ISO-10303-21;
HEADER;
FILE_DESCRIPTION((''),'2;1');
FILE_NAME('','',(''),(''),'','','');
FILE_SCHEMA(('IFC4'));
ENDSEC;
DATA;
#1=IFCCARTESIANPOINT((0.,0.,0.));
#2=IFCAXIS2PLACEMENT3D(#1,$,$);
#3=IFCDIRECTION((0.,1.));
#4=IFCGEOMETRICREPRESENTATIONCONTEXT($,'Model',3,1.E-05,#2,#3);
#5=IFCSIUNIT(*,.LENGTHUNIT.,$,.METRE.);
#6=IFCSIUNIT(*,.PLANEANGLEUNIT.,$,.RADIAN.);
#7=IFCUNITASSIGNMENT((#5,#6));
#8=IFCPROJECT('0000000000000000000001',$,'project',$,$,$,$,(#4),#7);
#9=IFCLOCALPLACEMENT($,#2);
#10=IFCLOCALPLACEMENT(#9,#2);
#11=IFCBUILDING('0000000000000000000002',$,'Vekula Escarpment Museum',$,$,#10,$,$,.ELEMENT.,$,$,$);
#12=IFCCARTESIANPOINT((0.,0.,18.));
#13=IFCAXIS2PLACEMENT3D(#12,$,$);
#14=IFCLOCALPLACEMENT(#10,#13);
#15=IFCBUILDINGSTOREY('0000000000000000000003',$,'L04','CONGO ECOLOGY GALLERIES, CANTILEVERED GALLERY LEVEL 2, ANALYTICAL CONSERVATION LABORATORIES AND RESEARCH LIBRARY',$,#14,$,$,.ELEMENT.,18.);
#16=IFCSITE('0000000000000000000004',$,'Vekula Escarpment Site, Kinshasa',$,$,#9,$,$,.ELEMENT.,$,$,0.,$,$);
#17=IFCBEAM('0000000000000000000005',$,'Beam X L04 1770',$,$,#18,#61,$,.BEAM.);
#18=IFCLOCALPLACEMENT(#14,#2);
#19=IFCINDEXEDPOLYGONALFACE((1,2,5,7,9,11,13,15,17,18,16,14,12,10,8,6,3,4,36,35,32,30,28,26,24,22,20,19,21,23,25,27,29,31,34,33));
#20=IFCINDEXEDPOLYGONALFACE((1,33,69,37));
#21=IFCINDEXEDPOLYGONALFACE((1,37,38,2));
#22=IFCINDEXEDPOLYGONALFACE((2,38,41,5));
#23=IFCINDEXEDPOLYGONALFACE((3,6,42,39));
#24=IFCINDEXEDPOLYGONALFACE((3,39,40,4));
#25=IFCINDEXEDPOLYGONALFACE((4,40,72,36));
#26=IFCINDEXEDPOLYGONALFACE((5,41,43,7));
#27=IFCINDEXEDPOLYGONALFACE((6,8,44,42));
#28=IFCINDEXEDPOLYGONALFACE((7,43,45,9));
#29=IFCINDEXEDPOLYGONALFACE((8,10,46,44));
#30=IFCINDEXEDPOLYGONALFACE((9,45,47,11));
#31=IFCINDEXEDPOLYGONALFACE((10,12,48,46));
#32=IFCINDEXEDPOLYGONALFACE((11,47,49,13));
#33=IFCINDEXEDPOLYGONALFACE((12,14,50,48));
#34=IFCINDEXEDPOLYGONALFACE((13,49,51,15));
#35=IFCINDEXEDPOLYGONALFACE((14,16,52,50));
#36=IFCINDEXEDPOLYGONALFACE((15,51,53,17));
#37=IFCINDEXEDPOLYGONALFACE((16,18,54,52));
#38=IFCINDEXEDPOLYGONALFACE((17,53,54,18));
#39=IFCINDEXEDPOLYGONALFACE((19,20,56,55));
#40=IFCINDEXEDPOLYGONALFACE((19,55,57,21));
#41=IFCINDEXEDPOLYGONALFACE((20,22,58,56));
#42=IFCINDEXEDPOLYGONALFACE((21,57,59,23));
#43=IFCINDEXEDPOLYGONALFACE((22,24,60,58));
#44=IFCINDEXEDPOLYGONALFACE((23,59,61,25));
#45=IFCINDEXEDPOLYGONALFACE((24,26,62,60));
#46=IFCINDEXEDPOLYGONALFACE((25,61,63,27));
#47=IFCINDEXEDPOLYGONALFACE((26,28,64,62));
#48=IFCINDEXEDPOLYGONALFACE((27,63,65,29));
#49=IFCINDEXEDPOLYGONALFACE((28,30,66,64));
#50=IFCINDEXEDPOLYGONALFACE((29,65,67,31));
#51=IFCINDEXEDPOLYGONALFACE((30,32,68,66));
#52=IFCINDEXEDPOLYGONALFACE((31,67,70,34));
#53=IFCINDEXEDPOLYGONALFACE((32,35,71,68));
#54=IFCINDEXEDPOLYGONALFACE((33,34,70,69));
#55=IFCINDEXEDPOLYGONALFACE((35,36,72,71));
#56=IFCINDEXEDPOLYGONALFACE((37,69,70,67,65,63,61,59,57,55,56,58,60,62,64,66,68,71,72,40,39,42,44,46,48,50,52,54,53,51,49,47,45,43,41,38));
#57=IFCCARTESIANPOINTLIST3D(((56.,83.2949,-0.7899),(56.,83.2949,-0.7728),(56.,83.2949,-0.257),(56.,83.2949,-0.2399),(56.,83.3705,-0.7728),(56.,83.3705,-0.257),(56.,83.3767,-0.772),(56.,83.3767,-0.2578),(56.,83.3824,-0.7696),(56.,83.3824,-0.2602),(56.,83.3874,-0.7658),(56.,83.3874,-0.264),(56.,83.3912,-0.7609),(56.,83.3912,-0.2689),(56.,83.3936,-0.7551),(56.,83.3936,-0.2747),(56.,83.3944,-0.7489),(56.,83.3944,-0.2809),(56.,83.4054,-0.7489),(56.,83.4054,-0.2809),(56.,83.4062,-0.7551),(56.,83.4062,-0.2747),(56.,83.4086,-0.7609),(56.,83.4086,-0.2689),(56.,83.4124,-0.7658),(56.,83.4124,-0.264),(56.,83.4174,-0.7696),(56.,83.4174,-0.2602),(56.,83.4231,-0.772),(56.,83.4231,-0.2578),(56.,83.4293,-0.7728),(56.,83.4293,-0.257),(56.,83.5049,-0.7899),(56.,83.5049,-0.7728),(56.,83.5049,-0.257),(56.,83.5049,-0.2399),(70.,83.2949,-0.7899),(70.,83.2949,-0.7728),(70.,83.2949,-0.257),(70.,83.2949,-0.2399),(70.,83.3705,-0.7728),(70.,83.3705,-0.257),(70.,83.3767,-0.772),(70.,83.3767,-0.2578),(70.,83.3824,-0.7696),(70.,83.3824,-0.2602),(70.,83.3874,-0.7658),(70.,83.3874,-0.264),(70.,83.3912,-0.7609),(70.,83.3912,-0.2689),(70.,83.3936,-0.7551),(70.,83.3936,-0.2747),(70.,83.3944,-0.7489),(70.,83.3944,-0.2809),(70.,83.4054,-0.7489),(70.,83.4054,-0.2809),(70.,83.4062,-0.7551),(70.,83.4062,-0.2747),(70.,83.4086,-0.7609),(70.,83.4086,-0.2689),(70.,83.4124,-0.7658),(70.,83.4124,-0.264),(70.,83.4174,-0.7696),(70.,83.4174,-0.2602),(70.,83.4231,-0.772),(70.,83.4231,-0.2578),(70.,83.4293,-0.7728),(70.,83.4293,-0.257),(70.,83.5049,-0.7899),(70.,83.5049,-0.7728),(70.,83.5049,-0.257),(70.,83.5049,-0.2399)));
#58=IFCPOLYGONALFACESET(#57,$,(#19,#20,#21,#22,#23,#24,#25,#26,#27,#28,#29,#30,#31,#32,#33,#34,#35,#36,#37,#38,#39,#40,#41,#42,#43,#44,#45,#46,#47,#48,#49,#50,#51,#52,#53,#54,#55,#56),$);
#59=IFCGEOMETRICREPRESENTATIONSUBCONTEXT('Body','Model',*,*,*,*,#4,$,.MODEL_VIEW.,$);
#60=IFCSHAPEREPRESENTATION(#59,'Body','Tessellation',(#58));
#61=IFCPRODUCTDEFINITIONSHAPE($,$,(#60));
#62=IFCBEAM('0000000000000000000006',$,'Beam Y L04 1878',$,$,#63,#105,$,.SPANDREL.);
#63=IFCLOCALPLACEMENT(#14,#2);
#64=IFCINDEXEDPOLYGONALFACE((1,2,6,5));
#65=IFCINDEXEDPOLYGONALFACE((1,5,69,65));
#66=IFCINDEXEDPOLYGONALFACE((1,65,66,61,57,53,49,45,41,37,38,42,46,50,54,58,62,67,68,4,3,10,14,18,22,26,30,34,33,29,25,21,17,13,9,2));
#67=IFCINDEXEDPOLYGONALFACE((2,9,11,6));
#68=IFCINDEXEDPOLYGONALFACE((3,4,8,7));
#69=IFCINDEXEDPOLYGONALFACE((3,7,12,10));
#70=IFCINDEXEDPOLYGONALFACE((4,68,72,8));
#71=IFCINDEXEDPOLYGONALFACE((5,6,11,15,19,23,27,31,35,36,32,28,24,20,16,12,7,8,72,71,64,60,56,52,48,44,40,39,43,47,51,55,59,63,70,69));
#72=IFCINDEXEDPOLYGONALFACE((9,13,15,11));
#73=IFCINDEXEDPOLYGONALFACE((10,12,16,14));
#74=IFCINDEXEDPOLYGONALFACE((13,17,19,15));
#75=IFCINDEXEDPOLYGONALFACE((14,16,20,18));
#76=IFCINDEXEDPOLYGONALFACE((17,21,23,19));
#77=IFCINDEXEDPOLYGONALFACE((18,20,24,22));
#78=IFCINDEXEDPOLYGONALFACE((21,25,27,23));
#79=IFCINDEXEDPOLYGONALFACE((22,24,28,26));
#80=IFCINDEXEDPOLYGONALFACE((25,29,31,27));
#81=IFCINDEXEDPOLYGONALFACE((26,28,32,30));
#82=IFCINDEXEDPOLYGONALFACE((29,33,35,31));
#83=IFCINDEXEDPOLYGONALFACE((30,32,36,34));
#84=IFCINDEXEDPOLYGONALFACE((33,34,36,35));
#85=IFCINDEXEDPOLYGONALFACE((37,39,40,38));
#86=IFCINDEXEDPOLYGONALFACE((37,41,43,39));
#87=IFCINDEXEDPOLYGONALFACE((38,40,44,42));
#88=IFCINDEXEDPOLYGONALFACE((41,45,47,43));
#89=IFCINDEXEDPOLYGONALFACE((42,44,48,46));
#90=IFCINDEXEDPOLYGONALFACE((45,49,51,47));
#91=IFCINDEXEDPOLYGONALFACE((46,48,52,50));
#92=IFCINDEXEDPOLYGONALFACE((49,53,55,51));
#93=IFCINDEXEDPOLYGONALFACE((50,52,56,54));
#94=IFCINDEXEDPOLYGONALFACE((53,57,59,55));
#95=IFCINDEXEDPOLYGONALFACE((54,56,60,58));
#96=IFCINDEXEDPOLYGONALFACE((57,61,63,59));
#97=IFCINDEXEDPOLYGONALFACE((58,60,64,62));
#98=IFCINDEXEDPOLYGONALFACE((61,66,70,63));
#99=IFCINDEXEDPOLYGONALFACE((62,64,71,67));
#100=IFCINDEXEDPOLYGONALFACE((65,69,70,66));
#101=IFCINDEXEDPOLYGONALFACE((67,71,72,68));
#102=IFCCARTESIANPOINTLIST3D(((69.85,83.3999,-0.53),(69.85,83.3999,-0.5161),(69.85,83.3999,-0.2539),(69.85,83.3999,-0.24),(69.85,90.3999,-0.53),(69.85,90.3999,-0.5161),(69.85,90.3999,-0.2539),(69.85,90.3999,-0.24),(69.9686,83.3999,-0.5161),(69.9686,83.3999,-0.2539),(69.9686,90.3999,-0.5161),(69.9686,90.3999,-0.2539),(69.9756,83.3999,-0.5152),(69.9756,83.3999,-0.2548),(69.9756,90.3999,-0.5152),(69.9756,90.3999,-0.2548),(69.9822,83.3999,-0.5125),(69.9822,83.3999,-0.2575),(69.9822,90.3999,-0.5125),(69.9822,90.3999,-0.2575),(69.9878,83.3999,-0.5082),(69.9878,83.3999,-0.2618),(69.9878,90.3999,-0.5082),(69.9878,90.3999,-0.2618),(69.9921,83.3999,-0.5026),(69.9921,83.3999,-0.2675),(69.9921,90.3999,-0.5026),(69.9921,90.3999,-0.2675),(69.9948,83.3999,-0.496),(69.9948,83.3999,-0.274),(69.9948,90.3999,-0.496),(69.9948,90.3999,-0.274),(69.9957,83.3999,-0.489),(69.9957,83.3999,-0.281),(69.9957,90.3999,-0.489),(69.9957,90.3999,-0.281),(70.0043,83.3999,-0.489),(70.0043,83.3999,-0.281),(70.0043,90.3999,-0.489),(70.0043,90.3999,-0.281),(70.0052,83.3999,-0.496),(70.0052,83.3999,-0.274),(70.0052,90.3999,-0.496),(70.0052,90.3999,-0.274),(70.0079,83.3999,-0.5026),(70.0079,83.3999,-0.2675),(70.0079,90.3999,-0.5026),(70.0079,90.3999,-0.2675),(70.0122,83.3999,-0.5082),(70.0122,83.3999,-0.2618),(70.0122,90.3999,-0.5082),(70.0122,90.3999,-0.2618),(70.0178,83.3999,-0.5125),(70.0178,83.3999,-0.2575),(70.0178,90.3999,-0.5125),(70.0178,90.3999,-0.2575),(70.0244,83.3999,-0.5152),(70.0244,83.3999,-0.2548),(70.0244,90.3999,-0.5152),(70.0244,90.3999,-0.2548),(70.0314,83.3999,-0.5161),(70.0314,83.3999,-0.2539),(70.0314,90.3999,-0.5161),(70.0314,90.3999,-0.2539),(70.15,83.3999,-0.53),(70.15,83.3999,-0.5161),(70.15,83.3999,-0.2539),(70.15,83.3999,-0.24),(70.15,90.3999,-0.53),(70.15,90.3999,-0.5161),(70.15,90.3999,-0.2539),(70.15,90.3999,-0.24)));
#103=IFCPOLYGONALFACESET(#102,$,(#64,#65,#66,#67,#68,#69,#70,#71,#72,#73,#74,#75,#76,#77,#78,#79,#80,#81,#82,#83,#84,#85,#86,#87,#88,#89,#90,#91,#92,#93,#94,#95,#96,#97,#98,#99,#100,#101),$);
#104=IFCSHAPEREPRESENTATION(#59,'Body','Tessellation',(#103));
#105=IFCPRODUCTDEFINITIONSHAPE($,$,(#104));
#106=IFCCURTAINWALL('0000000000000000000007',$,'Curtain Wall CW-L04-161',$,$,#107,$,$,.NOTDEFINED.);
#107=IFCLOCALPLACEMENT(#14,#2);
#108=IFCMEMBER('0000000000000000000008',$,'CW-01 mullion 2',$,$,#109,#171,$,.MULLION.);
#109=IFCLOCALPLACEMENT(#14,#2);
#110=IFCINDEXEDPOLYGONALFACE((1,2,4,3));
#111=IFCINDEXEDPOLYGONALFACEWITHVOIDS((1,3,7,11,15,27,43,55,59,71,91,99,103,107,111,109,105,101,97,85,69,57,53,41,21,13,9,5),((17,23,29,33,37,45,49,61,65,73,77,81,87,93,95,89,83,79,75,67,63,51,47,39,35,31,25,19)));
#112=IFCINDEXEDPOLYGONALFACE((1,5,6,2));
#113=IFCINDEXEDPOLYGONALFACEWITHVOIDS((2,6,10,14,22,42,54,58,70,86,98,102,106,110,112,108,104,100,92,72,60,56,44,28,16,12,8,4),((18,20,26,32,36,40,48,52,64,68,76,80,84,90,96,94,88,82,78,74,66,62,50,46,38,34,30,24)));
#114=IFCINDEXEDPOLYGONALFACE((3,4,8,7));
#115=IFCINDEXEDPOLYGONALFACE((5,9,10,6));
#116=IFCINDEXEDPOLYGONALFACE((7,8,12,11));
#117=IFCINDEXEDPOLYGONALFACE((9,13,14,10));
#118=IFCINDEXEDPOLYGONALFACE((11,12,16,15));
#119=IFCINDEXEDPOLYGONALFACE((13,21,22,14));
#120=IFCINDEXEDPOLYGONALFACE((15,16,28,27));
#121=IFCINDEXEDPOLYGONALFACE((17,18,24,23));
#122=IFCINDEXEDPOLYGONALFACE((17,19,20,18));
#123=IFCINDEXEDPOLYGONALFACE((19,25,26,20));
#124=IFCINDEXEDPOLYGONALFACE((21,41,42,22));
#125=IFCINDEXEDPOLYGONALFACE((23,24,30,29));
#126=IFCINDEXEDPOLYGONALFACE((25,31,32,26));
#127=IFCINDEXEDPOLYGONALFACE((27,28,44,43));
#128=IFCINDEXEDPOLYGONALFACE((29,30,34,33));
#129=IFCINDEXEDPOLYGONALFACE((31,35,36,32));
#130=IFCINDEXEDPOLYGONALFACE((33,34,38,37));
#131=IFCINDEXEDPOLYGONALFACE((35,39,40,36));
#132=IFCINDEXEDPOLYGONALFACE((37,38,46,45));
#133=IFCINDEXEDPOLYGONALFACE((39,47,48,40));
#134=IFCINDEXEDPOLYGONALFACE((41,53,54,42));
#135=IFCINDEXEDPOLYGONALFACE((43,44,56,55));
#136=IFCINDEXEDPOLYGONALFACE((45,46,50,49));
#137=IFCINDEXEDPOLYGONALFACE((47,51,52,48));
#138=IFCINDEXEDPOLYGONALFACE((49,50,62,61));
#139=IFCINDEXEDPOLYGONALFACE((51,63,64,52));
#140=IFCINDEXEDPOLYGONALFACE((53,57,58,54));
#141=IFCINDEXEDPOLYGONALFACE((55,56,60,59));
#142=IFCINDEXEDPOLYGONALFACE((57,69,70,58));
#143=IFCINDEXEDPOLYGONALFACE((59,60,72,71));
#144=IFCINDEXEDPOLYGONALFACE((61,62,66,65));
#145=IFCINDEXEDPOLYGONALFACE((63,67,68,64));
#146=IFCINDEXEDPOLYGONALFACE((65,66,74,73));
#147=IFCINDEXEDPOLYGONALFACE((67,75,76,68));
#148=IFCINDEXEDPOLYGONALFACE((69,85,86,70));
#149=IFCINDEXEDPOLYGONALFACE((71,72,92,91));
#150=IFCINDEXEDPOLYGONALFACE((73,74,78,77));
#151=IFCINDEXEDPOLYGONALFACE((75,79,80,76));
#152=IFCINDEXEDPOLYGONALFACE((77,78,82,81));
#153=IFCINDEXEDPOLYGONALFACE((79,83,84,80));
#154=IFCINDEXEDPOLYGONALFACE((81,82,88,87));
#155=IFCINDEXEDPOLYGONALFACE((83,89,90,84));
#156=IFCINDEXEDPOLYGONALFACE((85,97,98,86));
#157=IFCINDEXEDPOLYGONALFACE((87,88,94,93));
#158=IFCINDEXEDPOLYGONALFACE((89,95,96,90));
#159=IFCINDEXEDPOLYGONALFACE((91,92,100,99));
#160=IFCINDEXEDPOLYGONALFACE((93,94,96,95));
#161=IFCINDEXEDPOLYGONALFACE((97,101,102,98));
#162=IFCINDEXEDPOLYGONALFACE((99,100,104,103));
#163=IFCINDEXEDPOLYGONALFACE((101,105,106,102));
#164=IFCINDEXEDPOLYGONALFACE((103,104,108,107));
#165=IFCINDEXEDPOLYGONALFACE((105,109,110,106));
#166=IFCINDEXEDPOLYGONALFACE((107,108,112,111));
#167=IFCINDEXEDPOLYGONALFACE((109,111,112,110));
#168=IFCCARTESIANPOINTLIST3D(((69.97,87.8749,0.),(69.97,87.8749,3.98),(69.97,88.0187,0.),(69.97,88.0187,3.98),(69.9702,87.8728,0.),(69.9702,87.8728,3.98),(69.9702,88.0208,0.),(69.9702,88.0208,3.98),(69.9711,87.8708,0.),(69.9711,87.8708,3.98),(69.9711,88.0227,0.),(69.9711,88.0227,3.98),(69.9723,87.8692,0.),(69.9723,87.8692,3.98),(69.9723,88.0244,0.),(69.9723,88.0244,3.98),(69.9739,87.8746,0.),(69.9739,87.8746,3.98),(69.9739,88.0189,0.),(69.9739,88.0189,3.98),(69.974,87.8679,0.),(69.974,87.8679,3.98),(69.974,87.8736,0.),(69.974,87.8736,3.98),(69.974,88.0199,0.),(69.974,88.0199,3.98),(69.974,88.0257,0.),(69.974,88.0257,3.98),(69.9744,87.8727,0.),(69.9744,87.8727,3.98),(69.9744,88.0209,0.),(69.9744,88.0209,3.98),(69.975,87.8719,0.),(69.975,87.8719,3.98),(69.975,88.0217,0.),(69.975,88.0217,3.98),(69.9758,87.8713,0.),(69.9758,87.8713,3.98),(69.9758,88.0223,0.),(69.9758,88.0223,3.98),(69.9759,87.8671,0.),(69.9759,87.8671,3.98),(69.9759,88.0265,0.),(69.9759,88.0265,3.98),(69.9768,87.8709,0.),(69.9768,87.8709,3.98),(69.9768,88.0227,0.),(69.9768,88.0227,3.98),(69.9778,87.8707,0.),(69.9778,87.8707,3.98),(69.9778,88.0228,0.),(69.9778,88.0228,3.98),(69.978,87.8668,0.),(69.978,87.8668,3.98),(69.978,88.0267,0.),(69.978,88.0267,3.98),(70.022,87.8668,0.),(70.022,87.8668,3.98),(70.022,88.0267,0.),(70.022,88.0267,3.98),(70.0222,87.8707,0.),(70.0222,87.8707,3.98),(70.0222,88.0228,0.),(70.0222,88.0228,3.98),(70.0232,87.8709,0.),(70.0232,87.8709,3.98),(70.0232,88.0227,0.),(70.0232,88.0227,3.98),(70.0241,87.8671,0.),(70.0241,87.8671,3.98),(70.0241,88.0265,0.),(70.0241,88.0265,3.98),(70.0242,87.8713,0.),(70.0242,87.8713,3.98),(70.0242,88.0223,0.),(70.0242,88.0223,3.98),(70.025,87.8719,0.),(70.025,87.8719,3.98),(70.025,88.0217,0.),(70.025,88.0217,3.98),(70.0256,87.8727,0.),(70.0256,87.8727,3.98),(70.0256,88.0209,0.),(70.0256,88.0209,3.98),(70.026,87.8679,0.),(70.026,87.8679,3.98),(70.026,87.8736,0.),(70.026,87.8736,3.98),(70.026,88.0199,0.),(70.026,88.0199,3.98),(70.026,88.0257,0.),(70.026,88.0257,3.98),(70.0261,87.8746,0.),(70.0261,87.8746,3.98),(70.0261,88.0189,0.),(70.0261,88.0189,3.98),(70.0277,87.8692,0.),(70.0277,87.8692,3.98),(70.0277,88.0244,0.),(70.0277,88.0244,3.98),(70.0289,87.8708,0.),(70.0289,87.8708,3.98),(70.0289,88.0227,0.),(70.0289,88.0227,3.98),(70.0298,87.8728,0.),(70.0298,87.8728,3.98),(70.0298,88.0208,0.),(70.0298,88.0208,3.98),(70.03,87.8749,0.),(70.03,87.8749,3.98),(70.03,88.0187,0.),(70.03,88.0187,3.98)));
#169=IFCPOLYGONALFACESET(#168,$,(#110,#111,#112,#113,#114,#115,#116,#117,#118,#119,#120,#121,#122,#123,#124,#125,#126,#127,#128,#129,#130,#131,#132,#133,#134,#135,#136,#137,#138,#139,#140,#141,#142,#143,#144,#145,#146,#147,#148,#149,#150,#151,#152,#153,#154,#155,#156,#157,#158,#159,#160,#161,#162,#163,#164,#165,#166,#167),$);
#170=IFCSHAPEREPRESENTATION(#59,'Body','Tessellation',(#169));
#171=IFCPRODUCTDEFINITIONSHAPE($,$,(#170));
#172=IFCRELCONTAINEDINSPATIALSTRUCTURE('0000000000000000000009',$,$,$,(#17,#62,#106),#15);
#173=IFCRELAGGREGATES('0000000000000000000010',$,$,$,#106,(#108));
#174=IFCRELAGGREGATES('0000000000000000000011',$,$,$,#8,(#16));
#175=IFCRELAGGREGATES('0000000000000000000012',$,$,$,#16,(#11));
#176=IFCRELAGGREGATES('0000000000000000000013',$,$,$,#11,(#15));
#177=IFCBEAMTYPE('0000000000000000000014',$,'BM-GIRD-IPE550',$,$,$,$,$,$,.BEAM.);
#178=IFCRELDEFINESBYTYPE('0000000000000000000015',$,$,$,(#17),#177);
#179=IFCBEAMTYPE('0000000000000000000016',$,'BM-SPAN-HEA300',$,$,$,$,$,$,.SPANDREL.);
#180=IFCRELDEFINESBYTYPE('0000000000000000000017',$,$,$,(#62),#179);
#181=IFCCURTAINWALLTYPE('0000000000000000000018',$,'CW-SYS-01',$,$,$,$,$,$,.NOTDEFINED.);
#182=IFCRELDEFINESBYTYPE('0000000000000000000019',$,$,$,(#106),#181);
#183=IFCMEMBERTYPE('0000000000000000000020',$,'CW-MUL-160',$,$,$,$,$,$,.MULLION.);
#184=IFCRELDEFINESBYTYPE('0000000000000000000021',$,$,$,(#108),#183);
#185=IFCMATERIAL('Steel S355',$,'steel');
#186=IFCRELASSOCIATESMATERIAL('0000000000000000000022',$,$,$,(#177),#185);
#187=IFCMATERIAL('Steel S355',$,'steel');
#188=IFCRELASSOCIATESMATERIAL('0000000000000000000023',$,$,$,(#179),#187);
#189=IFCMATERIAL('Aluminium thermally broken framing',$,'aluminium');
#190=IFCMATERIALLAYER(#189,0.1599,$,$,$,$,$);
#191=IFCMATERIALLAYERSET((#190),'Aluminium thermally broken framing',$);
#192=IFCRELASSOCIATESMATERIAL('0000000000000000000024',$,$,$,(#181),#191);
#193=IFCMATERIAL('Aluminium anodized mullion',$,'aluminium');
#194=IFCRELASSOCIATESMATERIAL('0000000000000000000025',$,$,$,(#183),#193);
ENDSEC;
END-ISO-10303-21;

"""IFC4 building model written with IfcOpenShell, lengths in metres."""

from ifc_helpers import new_model, si_unit, direction, frame, origin, origin_2d, place, context, subcontext, project, spatial, hollow_rectangle, i_section, extrude, material, layer, layer_set, material_profile, profile_set, type_object, element, aggregate, save


model = new_model("IFC4")

# Units and contexts
model_context = context("Model", 3, precision=1e-05, world=origin(), true_north=direction((0.0, 1.0)))
body_context = subcontext(model_context, "Body", "Model", "MODEL_VIEW")
ifc_project = project(units=[si_unit("LENGTHUNIT", "METRE"), si_unit("PLANEANGLEUNIT", "RADIAN")], contexts=[model_context])

# Site, building, storey
site_placement = place(None, origin())
site = spatial("IfcSite", under=ifc_project, at=site_placement, Name="Vekula Escarpment Site, Kinshasa", CompositionType="ELEMENT", RefElevation=0.0)
building_placement = place(site_placement, origin())
building = spatial("IfcBuilding", under=site, at=building_placement, Name="Vekula Escarpment Museum", CompositionType="ELEMENT")
storey_placement = place(building_placement, frame((0.0, 0.0, 18.0)))
storey = spatial("IfcBuildingStorey", under=building, at=storey_placement, Name="L04", Description="CONGO ECOLOGY GALLERIES, CANTILEVERED GALLERY LEVEL 2, ANALYTICAL CONSERVATION LABORATORIES AND RESEARCH LIBRARY", CompositionType="ELEMENT", Elevation=18.0)

# Beams
ifc_material_1 = material(Name="Steel S355", Category="steel")
ifc_material_profile_1 = material_profile(ifc_material_1, i_section(OverallWidth=0.21, OverallDepth=0.55, WebThickness=0.011, FlangeThickness=0.0171, FilletRadius=0.0239, at=origin_2d()), Name="IPE 550")
ifc_profile_set_1 = profile_set([ifc_material_profile_1], Name="Steel S355")
beam_type_1 = type_object("IfcBeamType", Name="BM-GIRD-IPE550", PredefinedType="BEAM", material=ifc_profile_set_1)
beam_1_placement = place(storey_placement, frame((56.0, 83.3999, -0.5149), z_axis=(1.0, 0.0, 0.0), x_axis=(0.0, 1.0, 0.0)))
element("IfcBeam", 1, at=beam_1_placement, inside=storey, type_object=beam_type_1, Name="Beam X L04 1770", PredefinedType="BEAM", context=body_context, shape_type="SweptSolid", body=[
    extrude(i_section(OverallWidth=0.21, OverallDepth=0.55, WebThickness=0.011, FlangeThickness=0.0171, FilletRadius=0.0239, at=origin_2d()), origin(), (0.0, 0.0, 1.0), 14.0),
])
ifc_material_2 = material(Name="Steel S355", Category="steel")
ifc_material_profile_2 = material_profile(ifc_material_2, i_section(OverallWidth=0.3, OverallDepth=0.29, WebThickness=0.0085, FlangeThickness=0.0139, FilletRadius=0.0271, at=origin_2d()), Name="HEA 300")
ifc_profile_set_2 = profile_set([ifc_material_profile_2], Name="Steel S355")
beam_type_2 = type_object("IfcBeamType", Name="BM-SPAN-HEA300", PredefinedType="SPANDREL", material=ifc_profile_set_2)
beam_2_placement = place(storey_placement, frame((70.0, 83.3999, -0.385), z_axis=(0.0, 1.0, 0.0), x_axis=(-1.0, 0.0, 0.0)))
element("IfcBeam", 2, at=beam_2_placement, inside=storey, type_object=beam_type_2, Name="Beam Y L04 1878", PredefinedType="SPANDREL", context=body_context, shape_type="SweptSolid", body=[
    extrude(i_section(OverallWidth=0.3, OverallDepth=0.29, WebThickness=0.0085, FlangeThickness=0.0139, FilletRadius=0.0271, at=origin_2d()), origin(), (0.0, 0.0, 1.0), 7.0),
])

# Curtain wall, member
ifc_material_3 = material(Name="Aluminium thermally broken framing", Category="aluminium")
ifc_layer_1 = layer(ifc_material_3, 0.1599)
ifc_layer_set_1 = layer_set([ifc_layer_1], Name="Aluminium thermally broken framing")
curtain_wall_type = type_object("IfcCurtainWallType", Name="CW-SYS-01", PredefinedType="NOTDEFINED", material=ifc_layer_set_1)
curtain_wall_placement = place(storey_placement, origin())
curtain_wall = element("IfcCurtainWall", 3, at=curtain_wall_placement, inside=storey, type_object=curtain_wall_type, Name="Curtain Wall CW-L04-161", PredefinedType="NOTDEFINED")
ifc_material_4 = material(Name="Aluminium anodized mullion", Category="aluminium")
ifc_material_profile_3 = material_profile(ifc_material_4, hollow_rectangle(XDim=0.0601, YDim=0.1599, WallThickness=0.0039, InnerFilletRadius=0.0039, OuterFilletRadius=0.0081, at=origin_2d()), Name="ALU 160x60x4")
ifc_profile_set_3 = profile_set([ifc_material_profile_3], Name="Aluminium anodized mullion")
member_type_1 = type_object("IfcMemberType", Name="CW-MUL-160", PredefinedType="MULLION", material=ifc_profile_set_3)
member_1_placement = place(storey_placement, frame((70.0, 87.9468, 0.0), z_axis=(0.0, 0.0, 1.0), x_axis=(1.0, 0.0, 0.0)))
member_1 = element("IfcMember", 4, at=member_1_placement, type_object=member_type_1, Name="CW-01 mullion 2", PredefinedType="MULLION", context=body_context, shape_type="SweptSolid", body=[
    extrude(hollow_rectangle(XDim=0.0601, YDim=0.1599, WallThickness=0.0039, InnerFilletRadius=0.0039, OuterFilletRadius=0.0081, at=origin_2d()), origin(), (0.0, 0.0, 1.0), 3.98),
])

aggregate(curtain_wall, [member_1])

save(model, "model.ifc")
